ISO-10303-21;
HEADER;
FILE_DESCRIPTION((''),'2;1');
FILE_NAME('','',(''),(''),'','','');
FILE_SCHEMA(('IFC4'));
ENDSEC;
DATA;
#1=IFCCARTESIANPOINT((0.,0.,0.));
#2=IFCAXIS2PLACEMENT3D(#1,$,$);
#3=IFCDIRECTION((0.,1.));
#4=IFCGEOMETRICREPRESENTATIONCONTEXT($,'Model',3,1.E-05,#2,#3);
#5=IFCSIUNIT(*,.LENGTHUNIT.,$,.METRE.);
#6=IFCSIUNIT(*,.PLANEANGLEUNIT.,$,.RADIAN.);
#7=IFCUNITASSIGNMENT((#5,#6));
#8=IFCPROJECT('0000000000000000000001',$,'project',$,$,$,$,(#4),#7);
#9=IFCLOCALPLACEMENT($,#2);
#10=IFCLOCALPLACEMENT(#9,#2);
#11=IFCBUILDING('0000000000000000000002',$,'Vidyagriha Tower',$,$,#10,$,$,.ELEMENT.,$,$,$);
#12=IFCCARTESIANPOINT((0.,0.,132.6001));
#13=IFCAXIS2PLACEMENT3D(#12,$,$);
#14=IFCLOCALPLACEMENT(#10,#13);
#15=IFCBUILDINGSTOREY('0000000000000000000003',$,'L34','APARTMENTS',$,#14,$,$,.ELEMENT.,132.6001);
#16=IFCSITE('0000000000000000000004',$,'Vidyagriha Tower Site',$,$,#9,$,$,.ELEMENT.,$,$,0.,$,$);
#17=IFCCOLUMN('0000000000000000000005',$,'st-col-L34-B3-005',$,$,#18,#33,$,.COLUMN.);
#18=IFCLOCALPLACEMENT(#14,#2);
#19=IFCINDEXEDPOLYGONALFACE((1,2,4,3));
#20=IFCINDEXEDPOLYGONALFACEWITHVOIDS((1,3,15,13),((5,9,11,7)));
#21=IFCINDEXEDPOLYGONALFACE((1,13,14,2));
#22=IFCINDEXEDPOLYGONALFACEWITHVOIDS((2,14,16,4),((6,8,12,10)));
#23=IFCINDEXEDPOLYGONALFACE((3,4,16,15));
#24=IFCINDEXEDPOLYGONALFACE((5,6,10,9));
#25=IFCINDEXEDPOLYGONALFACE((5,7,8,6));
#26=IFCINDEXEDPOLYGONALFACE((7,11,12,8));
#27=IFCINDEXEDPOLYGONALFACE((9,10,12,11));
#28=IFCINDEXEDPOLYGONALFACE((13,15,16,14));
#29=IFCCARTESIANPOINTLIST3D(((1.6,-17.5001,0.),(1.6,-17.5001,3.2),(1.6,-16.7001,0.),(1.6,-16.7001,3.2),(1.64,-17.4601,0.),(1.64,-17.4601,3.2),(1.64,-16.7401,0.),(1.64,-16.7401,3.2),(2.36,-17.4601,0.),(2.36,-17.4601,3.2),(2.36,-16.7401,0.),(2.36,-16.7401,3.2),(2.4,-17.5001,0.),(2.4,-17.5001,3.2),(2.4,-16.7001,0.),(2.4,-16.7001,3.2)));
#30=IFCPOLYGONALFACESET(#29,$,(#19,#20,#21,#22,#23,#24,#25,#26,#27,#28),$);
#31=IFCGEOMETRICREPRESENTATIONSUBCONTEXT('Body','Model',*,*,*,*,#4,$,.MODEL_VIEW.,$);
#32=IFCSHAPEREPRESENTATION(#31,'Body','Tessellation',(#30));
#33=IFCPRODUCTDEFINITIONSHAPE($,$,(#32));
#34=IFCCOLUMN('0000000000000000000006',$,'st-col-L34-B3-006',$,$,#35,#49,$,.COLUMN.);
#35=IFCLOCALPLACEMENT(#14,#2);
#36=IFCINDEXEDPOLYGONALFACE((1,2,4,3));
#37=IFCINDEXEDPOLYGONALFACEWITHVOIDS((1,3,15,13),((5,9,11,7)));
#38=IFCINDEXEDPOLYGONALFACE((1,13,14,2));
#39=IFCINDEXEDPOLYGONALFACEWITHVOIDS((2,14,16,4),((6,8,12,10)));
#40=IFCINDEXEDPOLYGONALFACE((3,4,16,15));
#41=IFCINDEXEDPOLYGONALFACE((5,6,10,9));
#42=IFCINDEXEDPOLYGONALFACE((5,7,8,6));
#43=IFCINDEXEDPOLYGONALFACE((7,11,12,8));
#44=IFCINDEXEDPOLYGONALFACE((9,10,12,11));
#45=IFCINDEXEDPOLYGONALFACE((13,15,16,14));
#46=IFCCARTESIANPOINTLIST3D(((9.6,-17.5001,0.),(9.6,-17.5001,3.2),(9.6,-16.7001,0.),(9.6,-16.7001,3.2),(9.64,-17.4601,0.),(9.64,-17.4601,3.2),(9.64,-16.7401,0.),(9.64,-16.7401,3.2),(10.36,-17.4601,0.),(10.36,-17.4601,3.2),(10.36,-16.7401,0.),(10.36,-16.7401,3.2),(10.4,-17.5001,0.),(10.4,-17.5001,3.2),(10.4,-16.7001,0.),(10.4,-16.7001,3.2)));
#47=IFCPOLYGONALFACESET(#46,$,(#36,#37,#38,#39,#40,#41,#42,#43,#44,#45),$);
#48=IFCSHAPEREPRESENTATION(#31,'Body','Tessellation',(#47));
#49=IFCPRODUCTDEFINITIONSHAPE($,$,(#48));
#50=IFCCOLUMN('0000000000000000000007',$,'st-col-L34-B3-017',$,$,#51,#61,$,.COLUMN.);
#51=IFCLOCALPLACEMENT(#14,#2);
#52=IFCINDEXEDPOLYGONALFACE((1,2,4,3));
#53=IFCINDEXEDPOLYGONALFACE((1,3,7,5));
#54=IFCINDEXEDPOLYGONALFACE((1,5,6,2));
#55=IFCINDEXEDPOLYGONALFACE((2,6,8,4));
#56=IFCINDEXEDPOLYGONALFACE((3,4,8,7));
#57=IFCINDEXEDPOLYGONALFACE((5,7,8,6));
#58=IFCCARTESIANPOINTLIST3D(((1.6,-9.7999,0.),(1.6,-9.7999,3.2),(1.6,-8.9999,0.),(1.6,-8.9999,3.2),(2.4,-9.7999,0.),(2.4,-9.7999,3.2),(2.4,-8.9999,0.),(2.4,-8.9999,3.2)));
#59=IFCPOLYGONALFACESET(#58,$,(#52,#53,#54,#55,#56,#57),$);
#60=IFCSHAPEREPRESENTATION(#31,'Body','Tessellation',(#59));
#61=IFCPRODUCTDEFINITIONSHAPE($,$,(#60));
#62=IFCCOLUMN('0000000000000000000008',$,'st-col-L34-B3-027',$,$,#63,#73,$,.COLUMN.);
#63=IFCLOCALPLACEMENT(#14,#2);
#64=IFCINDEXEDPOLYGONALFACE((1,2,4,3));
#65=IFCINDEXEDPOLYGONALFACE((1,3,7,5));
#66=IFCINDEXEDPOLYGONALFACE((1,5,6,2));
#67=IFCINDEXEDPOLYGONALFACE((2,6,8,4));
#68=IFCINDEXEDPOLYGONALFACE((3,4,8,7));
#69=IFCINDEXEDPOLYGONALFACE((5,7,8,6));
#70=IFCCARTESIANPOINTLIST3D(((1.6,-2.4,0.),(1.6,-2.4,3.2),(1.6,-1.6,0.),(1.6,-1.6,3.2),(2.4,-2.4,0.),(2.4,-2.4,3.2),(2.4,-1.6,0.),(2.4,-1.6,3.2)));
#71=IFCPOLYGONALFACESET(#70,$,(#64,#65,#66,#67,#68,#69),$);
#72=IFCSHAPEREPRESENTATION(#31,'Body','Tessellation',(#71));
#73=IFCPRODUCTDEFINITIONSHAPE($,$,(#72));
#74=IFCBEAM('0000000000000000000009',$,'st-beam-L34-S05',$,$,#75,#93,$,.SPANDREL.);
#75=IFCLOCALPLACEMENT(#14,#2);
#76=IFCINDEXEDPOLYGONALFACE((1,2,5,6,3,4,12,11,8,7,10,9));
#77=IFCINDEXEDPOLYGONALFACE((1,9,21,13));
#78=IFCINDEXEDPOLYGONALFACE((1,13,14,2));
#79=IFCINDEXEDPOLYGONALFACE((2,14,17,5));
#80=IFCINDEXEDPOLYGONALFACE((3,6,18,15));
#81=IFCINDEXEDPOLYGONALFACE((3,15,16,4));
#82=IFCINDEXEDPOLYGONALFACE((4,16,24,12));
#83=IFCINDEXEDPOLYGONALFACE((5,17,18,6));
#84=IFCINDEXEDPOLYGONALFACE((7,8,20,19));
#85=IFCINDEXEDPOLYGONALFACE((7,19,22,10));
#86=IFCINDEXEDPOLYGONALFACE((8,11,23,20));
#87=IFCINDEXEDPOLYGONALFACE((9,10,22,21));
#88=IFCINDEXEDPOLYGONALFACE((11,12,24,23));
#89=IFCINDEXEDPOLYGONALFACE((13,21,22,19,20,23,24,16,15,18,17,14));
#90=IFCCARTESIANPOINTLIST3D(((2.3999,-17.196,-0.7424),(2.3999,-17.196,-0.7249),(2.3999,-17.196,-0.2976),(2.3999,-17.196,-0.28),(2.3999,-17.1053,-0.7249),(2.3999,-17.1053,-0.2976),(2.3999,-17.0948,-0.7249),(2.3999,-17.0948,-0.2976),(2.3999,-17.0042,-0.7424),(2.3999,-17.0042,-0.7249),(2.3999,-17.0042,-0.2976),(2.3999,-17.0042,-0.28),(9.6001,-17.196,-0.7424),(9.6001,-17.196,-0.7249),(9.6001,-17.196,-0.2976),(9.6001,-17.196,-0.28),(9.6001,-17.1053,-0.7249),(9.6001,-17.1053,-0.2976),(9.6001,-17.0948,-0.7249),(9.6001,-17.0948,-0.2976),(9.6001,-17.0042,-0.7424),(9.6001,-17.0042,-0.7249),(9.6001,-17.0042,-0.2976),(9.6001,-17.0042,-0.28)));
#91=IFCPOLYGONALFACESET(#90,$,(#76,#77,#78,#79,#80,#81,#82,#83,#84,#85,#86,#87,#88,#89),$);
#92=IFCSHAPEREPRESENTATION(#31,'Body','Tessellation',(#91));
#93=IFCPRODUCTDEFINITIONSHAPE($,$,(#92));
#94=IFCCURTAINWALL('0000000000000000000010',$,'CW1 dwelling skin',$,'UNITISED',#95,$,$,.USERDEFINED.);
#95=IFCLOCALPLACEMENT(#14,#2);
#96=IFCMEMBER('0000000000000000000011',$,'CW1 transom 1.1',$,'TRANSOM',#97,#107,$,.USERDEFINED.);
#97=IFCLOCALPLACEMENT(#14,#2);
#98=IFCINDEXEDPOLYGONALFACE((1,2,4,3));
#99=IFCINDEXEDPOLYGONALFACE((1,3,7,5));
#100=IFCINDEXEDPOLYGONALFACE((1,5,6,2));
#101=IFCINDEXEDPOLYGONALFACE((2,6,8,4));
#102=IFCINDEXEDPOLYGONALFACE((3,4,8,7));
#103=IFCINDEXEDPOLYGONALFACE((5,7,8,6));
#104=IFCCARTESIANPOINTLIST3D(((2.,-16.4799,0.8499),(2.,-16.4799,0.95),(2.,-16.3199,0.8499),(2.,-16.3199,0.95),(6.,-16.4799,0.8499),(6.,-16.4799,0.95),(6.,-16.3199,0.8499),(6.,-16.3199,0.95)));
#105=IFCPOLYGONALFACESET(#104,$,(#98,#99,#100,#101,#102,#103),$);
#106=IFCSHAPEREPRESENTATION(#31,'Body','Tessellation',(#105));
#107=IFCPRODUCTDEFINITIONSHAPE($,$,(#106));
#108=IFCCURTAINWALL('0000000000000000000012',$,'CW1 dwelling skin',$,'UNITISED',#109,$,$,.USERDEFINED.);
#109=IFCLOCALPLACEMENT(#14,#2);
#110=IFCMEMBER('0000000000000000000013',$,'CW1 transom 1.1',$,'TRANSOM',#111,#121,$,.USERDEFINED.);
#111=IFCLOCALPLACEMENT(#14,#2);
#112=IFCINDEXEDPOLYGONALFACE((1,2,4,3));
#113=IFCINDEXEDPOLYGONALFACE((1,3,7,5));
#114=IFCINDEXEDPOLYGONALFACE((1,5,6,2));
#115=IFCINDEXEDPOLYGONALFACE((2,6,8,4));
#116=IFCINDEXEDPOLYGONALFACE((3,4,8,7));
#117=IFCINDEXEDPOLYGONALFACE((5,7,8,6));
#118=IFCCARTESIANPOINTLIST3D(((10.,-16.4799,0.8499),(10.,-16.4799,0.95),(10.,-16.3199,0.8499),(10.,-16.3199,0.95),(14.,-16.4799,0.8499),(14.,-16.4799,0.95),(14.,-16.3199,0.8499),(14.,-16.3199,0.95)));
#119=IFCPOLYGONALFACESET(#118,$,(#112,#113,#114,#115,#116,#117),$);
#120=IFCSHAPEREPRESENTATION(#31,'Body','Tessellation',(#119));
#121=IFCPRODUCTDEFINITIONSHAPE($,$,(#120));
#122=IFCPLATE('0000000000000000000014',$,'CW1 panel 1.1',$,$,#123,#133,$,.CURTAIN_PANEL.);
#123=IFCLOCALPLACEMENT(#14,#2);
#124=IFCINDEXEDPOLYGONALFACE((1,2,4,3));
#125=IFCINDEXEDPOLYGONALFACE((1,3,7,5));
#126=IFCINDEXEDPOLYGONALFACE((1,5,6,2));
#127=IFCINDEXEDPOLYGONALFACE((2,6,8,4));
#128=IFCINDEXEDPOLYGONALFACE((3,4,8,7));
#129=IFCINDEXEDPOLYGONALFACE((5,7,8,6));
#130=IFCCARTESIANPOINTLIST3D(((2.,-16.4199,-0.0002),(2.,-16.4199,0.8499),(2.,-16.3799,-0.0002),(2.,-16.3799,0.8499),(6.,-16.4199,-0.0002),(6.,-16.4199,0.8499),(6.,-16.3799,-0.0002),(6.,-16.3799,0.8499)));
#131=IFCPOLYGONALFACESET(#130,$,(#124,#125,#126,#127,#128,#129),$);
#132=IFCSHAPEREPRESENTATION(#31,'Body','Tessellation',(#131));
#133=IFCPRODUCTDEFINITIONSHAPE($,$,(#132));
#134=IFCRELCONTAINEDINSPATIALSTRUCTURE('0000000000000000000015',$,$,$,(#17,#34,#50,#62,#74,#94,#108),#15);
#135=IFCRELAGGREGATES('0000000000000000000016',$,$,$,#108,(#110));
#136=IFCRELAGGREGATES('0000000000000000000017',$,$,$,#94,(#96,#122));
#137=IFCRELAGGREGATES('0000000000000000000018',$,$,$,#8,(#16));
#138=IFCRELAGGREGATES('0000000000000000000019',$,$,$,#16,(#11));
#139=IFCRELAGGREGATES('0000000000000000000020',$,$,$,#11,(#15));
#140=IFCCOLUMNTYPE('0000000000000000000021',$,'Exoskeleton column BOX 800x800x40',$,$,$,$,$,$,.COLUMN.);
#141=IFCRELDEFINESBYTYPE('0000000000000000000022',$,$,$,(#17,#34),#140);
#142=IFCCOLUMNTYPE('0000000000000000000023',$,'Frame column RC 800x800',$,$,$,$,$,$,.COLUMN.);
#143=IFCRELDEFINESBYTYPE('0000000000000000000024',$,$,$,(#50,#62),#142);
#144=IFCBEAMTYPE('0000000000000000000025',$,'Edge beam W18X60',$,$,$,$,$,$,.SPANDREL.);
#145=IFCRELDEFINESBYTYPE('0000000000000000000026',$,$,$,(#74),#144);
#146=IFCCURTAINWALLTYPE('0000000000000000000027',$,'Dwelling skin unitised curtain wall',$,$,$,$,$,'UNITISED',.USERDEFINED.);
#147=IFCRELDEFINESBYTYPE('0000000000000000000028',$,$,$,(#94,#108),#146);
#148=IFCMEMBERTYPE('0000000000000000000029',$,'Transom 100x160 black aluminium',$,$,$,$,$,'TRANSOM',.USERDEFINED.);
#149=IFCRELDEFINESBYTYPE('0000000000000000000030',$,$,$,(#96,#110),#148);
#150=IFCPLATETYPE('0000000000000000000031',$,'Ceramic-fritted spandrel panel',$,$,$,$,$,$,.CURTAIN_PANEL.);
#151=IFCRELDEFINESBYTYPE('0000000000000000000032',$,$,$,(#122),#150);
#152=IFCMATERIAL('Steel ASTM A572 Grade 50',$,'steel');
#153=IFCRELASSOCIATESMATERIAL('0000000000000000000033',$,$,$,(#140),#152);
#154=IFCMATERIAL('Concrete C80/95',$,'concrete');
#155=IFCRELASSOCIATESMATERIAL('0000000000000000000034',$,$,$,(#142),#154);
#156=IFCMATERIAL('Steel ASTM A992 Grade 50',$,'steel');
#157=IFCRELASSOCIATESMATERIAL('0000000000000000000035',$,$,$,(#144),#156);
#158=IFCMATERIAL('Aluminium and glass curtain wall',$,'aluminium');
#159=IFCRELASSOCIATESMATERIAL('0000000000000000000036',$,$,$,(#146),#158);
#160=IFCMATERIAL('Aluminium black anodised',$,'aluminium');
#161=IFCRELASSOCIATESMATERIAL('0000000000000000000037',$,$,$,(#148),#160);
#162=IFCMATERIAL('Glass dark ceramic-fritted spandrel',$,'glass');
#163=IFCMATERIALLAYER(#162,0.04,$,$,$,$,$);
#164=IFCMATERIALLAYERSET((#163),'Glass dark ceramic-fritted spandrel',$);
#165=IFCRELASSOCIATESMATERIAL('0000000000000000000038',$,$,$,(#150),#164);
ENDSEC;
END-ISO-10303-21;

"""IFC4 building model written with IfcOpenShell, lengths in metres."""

from ifc_helpers import new_model, si_unit, direction, frame, origin, origin_2d, place, context, subcontext, project, spatial, rectangle, hollow_rectangle, i_section, extrude, material, layer, layer_set, material_profile, profile_set, type_object, element, aggregate, save


model = new_model("IFC4")

# Units and contexts
model_context = context("Model", 3, precision=1e-05, world=origin(), true_north=direction((0.0, 1.0)))
body_context = subcontext(model_context, "Body", "Model", "MODEL_VIEW")
ifc_project = project(units=[si_unit("LENGTHUNIT", "METRE"), si_unit("PLANEANGLEUNIT", "RADIAN")], contexts=[model_context])

# Site, building, storey
site_placement = place(None, origin())
site = spatial("IfcSite", under=ifc_project, at=site_placement, Name="Vidyagriha Tower Site", CompositionType="ELEMENT", RefElevation=0.0)
building_placement = place(site_placement, origin())
building = spatial("IfcBuilding", under=site, at=building_placement, Name="Vidyagriha Tower", CompositionType="ELEMENT")
storey_placement = place(building_placement, frame((0.0, 0.0, 132.6001)))
storey = spatial("IfcBuildingStorey", under=building, at=storey_placement, Name="L34", Description="APARTMENTS", CompositionType="ELEMENT", Elevation=132.6001)

# Columns
ifc_material_1 = material(Name="Steel ASTM A572 Grade 50", Category="steel")
ifc_material_profile_1 = material_profile(ifc_material_1, hollow_rectangle(XDim=0.8, YDim=0.8, WallThickness=0.04, at=origin_2d()), Name="BOX 800x800x40")
ifc_profile_set_1 = profile_set([ifc_material_profile_1], Name="Steel ASTM A572 Grade 50")
column_type_1 = type_object("IfcColumnType", Name="Exoskeleton column BOX 800x800x40", PredefinedType="COLUMN", material=ifc_profile_set_1)
for number, where, name in (
    (1, (2.0, -17.1001, 0.0), "st-col-L34-B3-005"),
    (2, (10.0, -17.1001, 0.0), "st-col-L34-B3-006"),
):
    element("IfcColumn", number, at=place(storey_placement, frame(where)), inside=storey, type_object=column_type_1, Name=name, PredefinedType="COLUMN", context=body_context, shape_type="SweptSolid", body=[
        extrude(hollow_rectangle(XDim=0.8, YDim=0.8, WallThickness=0.04, at=origin_2d()), origin(), (0.0, 0.0, 1.0), 3.2),
    ])
ifc_material_2 = material(Name="Concrete C80/95", Category="concrete")
ifc_material_profile_2 = material_profile(ifc_material_2, rectangle(XDim=0.8, YDim=0.8, at=origin_2d()), Name="RC 800x800")
ifc_profile_set_2 = profile_set([ifc_material_profile_2], Name="Concrete C80/95")
column_type_2 = type_object("IfcColumnType", Name="Frame column RC 800x800", PredefinedType="COLUMN", material=ifc_profile_set_2)
for number, where, name in (
    (3, (2.0, -9.3999, 0.0), "st-col-L34-B3-017"),
    (4, (2.0, -2.0, 0.0), "st-col-L34-B3-027"),
):
    element("IfcColumn", number, at=place(storey_placement, frame(where)), inside=storey, type_object=column_type_2, Name=name, PredefinedType="COLUMN", context=body_context, shape_type="SweptSolid", body=[
        extrude(rectangle(XDim=0.8, YDim=0.8, at=origin_2d()), origin(), (0.0, 0.0, 1.0), 3.2),
    ])

# Beam
ifc_material_3 = material(Name="Steel ASTM A992 Grade 50", Category="steel")
ifc_material_profile_3 = material_profile(ifc_material_3, i_section(OverallWidth=0.1919, OverallDepth=0.4624, WebThickness=0.0105, FlangeThickness=0.0176, at=origin_2d()), Name="W18X60")
ifc_profile_set_3 = profile_set([ifc_material_profile_3], Name="Steel ASTM A992 Grade 50")
beam_type = type_object("IfcBeamType", Name="Edge beam W18X60", PredefinedType="SPANDREL", material=ifc_profile_set_3)
beam_placement = place(storey_placement, frame((2.3999, -17.1001, -0.5112), z_axis=(1.0, 0.0, 0.0), x_axis=(0.0, 1.0, 0.0)))
element("IfcBeam", 5, at=beam_placement, inside=storey, type_object=beam_type, Name="st-beam-L34-S05", PredefinedType="SPANDREL", context=body_context, shape_type="SweptSolid", body=[
    extrude(i_section(OverallWidth=0.1919, OverallDepth=0.4624, WebThickness=0.0105, FlangeThickness=0.0176, at=origin_2d()), origin(), (0.0, 0.0, 1.0), 7.2002),
])

# Curtain walls, members
ifc_material_4 = material(Name="Aluminium and glass curtain wall", Category="aluminium")
curtain_wall_type = type_object("IfcCurtainWallType", Name="Dwelling skin unitised curtain wall", ElementType="UNITISED", PredefinedType="USERDEFINED", material=ifc_material_4)
curtain_wall_1_placement = place(storey_placement, origin())
curtain_wall_1 = element("IfcCurtainWall", 6, at=curtain_wall_1_placement, inside=storey, type_object=curtain_wall_type, Name="CW1 dwelling skin", ObjectType="UNITISED", PredefinedType="USERDEFINED")
ifc_material_5 = material(Name="Aluminium black anodised", Category="aluminium")
ifc_material_profile_4 = material_profile(ifc_material_5, rectangle(XDim=0.1599, YDim=0.1001, at=origin_2d()), Name="Transom 100x160 black aluminium")
ifc_profile_set_4 = profile_set([ifc_material_profile_4], Name="Aluminium black anodised")
member_type = type_object("IfcMemberType", Name="Transom 100x160 black aluminium", ElementType="TRANSOM", PredefinedType="USERDEFINED", material=ifc_profile_set_4)
member_1_placement = place(storey_placement, frame((2.0, -16.3999, 0.8999), z_axis=(1.0, 0.0, 0.0), x_axis=(0.0, 1.0, 0.0)))
member_1 = element("IfcMember", 7, at=member_1_placement, type_object=member_type, Name="CW1 transom 1.1", ObjectType="TRANSOM", PredefinedType="USERDEFINED", context=body_context, shape_type="SweptSolid", body=[
    extrude(rectangle(XDim=0.1599, YDim=0.1001, at=origin_2d()), origin(), (0.0, 0.0, 1.0), 4.0),
])
curtain_wall_2_placement = place(storey_placement, origin())
curtain_wall_2 = element("IfcCurtainWall", 8, at=curtain_wall_2_placement, inside=storey, type_object=curtain_wall_type, Name="CW1 dwelling skin", ObjectType="UNITISED", PredefinedType="USERDEFINED")
member_2_placement = place(storey_placement, frame((10.0, -16.3999, 0.8999), z_axis=(1.0, 0.0, 0.0), x_axis=(0.0, 1.0, 0.0)))
member_2 = element("IfcMember", 9, at=member_2_placement, type_object=member_type, Name="CW1 transom 1.1", ObjectType="TRANSOM", PredefinedType="USERDEFINED", context=body_context, shape_type="SweptSolid", body=[
    extrude(rectangle(XDim=0.1599, YDim=0.1001, at=origin_2d()), origin(), (0.0, 0.0, 1.0), 4.0),
])
aggregate(curtain_wall_2, [member_2])

# Plate
ifc_material_6 = material(Name="Glass dark ceramic-fritted spandrel", Category="glass")
ifc_layer_1 = layer(ifc_material_6, 0.04)
ifc_layer_set_1 = layer_set([ifc_layer_1], Name="Glass dark ceramic-fritted spandrel")
plate_type_1 = type_object("IfcPlateType", Name="Ceramic-fritted spandrel panel", PredefinedType="CURTAIN_PANEL", material=ifc_layer_set_1)
plate_1_placement = place(storey_placement, frame((4.0, -16.3999, -0.0002)))
plate_1 = element("IfcPlate", 10, at=plate_1_placement, type_object=plate_type_1, Name="CW1 panel 1.1", PredefinedType="CURTAIN_PANEL", context=body_context, shape_type="SweptSolid", body=[
    extrude(rectangle(XDim=4.0, YDim=0.04, at=origin_2d()), origin(), (0.0, 0.0, 1.0), 0.8501),
])

aggregate(curtain_wall_1, [member_1, plate_1])

save(model, "model.ifc")
